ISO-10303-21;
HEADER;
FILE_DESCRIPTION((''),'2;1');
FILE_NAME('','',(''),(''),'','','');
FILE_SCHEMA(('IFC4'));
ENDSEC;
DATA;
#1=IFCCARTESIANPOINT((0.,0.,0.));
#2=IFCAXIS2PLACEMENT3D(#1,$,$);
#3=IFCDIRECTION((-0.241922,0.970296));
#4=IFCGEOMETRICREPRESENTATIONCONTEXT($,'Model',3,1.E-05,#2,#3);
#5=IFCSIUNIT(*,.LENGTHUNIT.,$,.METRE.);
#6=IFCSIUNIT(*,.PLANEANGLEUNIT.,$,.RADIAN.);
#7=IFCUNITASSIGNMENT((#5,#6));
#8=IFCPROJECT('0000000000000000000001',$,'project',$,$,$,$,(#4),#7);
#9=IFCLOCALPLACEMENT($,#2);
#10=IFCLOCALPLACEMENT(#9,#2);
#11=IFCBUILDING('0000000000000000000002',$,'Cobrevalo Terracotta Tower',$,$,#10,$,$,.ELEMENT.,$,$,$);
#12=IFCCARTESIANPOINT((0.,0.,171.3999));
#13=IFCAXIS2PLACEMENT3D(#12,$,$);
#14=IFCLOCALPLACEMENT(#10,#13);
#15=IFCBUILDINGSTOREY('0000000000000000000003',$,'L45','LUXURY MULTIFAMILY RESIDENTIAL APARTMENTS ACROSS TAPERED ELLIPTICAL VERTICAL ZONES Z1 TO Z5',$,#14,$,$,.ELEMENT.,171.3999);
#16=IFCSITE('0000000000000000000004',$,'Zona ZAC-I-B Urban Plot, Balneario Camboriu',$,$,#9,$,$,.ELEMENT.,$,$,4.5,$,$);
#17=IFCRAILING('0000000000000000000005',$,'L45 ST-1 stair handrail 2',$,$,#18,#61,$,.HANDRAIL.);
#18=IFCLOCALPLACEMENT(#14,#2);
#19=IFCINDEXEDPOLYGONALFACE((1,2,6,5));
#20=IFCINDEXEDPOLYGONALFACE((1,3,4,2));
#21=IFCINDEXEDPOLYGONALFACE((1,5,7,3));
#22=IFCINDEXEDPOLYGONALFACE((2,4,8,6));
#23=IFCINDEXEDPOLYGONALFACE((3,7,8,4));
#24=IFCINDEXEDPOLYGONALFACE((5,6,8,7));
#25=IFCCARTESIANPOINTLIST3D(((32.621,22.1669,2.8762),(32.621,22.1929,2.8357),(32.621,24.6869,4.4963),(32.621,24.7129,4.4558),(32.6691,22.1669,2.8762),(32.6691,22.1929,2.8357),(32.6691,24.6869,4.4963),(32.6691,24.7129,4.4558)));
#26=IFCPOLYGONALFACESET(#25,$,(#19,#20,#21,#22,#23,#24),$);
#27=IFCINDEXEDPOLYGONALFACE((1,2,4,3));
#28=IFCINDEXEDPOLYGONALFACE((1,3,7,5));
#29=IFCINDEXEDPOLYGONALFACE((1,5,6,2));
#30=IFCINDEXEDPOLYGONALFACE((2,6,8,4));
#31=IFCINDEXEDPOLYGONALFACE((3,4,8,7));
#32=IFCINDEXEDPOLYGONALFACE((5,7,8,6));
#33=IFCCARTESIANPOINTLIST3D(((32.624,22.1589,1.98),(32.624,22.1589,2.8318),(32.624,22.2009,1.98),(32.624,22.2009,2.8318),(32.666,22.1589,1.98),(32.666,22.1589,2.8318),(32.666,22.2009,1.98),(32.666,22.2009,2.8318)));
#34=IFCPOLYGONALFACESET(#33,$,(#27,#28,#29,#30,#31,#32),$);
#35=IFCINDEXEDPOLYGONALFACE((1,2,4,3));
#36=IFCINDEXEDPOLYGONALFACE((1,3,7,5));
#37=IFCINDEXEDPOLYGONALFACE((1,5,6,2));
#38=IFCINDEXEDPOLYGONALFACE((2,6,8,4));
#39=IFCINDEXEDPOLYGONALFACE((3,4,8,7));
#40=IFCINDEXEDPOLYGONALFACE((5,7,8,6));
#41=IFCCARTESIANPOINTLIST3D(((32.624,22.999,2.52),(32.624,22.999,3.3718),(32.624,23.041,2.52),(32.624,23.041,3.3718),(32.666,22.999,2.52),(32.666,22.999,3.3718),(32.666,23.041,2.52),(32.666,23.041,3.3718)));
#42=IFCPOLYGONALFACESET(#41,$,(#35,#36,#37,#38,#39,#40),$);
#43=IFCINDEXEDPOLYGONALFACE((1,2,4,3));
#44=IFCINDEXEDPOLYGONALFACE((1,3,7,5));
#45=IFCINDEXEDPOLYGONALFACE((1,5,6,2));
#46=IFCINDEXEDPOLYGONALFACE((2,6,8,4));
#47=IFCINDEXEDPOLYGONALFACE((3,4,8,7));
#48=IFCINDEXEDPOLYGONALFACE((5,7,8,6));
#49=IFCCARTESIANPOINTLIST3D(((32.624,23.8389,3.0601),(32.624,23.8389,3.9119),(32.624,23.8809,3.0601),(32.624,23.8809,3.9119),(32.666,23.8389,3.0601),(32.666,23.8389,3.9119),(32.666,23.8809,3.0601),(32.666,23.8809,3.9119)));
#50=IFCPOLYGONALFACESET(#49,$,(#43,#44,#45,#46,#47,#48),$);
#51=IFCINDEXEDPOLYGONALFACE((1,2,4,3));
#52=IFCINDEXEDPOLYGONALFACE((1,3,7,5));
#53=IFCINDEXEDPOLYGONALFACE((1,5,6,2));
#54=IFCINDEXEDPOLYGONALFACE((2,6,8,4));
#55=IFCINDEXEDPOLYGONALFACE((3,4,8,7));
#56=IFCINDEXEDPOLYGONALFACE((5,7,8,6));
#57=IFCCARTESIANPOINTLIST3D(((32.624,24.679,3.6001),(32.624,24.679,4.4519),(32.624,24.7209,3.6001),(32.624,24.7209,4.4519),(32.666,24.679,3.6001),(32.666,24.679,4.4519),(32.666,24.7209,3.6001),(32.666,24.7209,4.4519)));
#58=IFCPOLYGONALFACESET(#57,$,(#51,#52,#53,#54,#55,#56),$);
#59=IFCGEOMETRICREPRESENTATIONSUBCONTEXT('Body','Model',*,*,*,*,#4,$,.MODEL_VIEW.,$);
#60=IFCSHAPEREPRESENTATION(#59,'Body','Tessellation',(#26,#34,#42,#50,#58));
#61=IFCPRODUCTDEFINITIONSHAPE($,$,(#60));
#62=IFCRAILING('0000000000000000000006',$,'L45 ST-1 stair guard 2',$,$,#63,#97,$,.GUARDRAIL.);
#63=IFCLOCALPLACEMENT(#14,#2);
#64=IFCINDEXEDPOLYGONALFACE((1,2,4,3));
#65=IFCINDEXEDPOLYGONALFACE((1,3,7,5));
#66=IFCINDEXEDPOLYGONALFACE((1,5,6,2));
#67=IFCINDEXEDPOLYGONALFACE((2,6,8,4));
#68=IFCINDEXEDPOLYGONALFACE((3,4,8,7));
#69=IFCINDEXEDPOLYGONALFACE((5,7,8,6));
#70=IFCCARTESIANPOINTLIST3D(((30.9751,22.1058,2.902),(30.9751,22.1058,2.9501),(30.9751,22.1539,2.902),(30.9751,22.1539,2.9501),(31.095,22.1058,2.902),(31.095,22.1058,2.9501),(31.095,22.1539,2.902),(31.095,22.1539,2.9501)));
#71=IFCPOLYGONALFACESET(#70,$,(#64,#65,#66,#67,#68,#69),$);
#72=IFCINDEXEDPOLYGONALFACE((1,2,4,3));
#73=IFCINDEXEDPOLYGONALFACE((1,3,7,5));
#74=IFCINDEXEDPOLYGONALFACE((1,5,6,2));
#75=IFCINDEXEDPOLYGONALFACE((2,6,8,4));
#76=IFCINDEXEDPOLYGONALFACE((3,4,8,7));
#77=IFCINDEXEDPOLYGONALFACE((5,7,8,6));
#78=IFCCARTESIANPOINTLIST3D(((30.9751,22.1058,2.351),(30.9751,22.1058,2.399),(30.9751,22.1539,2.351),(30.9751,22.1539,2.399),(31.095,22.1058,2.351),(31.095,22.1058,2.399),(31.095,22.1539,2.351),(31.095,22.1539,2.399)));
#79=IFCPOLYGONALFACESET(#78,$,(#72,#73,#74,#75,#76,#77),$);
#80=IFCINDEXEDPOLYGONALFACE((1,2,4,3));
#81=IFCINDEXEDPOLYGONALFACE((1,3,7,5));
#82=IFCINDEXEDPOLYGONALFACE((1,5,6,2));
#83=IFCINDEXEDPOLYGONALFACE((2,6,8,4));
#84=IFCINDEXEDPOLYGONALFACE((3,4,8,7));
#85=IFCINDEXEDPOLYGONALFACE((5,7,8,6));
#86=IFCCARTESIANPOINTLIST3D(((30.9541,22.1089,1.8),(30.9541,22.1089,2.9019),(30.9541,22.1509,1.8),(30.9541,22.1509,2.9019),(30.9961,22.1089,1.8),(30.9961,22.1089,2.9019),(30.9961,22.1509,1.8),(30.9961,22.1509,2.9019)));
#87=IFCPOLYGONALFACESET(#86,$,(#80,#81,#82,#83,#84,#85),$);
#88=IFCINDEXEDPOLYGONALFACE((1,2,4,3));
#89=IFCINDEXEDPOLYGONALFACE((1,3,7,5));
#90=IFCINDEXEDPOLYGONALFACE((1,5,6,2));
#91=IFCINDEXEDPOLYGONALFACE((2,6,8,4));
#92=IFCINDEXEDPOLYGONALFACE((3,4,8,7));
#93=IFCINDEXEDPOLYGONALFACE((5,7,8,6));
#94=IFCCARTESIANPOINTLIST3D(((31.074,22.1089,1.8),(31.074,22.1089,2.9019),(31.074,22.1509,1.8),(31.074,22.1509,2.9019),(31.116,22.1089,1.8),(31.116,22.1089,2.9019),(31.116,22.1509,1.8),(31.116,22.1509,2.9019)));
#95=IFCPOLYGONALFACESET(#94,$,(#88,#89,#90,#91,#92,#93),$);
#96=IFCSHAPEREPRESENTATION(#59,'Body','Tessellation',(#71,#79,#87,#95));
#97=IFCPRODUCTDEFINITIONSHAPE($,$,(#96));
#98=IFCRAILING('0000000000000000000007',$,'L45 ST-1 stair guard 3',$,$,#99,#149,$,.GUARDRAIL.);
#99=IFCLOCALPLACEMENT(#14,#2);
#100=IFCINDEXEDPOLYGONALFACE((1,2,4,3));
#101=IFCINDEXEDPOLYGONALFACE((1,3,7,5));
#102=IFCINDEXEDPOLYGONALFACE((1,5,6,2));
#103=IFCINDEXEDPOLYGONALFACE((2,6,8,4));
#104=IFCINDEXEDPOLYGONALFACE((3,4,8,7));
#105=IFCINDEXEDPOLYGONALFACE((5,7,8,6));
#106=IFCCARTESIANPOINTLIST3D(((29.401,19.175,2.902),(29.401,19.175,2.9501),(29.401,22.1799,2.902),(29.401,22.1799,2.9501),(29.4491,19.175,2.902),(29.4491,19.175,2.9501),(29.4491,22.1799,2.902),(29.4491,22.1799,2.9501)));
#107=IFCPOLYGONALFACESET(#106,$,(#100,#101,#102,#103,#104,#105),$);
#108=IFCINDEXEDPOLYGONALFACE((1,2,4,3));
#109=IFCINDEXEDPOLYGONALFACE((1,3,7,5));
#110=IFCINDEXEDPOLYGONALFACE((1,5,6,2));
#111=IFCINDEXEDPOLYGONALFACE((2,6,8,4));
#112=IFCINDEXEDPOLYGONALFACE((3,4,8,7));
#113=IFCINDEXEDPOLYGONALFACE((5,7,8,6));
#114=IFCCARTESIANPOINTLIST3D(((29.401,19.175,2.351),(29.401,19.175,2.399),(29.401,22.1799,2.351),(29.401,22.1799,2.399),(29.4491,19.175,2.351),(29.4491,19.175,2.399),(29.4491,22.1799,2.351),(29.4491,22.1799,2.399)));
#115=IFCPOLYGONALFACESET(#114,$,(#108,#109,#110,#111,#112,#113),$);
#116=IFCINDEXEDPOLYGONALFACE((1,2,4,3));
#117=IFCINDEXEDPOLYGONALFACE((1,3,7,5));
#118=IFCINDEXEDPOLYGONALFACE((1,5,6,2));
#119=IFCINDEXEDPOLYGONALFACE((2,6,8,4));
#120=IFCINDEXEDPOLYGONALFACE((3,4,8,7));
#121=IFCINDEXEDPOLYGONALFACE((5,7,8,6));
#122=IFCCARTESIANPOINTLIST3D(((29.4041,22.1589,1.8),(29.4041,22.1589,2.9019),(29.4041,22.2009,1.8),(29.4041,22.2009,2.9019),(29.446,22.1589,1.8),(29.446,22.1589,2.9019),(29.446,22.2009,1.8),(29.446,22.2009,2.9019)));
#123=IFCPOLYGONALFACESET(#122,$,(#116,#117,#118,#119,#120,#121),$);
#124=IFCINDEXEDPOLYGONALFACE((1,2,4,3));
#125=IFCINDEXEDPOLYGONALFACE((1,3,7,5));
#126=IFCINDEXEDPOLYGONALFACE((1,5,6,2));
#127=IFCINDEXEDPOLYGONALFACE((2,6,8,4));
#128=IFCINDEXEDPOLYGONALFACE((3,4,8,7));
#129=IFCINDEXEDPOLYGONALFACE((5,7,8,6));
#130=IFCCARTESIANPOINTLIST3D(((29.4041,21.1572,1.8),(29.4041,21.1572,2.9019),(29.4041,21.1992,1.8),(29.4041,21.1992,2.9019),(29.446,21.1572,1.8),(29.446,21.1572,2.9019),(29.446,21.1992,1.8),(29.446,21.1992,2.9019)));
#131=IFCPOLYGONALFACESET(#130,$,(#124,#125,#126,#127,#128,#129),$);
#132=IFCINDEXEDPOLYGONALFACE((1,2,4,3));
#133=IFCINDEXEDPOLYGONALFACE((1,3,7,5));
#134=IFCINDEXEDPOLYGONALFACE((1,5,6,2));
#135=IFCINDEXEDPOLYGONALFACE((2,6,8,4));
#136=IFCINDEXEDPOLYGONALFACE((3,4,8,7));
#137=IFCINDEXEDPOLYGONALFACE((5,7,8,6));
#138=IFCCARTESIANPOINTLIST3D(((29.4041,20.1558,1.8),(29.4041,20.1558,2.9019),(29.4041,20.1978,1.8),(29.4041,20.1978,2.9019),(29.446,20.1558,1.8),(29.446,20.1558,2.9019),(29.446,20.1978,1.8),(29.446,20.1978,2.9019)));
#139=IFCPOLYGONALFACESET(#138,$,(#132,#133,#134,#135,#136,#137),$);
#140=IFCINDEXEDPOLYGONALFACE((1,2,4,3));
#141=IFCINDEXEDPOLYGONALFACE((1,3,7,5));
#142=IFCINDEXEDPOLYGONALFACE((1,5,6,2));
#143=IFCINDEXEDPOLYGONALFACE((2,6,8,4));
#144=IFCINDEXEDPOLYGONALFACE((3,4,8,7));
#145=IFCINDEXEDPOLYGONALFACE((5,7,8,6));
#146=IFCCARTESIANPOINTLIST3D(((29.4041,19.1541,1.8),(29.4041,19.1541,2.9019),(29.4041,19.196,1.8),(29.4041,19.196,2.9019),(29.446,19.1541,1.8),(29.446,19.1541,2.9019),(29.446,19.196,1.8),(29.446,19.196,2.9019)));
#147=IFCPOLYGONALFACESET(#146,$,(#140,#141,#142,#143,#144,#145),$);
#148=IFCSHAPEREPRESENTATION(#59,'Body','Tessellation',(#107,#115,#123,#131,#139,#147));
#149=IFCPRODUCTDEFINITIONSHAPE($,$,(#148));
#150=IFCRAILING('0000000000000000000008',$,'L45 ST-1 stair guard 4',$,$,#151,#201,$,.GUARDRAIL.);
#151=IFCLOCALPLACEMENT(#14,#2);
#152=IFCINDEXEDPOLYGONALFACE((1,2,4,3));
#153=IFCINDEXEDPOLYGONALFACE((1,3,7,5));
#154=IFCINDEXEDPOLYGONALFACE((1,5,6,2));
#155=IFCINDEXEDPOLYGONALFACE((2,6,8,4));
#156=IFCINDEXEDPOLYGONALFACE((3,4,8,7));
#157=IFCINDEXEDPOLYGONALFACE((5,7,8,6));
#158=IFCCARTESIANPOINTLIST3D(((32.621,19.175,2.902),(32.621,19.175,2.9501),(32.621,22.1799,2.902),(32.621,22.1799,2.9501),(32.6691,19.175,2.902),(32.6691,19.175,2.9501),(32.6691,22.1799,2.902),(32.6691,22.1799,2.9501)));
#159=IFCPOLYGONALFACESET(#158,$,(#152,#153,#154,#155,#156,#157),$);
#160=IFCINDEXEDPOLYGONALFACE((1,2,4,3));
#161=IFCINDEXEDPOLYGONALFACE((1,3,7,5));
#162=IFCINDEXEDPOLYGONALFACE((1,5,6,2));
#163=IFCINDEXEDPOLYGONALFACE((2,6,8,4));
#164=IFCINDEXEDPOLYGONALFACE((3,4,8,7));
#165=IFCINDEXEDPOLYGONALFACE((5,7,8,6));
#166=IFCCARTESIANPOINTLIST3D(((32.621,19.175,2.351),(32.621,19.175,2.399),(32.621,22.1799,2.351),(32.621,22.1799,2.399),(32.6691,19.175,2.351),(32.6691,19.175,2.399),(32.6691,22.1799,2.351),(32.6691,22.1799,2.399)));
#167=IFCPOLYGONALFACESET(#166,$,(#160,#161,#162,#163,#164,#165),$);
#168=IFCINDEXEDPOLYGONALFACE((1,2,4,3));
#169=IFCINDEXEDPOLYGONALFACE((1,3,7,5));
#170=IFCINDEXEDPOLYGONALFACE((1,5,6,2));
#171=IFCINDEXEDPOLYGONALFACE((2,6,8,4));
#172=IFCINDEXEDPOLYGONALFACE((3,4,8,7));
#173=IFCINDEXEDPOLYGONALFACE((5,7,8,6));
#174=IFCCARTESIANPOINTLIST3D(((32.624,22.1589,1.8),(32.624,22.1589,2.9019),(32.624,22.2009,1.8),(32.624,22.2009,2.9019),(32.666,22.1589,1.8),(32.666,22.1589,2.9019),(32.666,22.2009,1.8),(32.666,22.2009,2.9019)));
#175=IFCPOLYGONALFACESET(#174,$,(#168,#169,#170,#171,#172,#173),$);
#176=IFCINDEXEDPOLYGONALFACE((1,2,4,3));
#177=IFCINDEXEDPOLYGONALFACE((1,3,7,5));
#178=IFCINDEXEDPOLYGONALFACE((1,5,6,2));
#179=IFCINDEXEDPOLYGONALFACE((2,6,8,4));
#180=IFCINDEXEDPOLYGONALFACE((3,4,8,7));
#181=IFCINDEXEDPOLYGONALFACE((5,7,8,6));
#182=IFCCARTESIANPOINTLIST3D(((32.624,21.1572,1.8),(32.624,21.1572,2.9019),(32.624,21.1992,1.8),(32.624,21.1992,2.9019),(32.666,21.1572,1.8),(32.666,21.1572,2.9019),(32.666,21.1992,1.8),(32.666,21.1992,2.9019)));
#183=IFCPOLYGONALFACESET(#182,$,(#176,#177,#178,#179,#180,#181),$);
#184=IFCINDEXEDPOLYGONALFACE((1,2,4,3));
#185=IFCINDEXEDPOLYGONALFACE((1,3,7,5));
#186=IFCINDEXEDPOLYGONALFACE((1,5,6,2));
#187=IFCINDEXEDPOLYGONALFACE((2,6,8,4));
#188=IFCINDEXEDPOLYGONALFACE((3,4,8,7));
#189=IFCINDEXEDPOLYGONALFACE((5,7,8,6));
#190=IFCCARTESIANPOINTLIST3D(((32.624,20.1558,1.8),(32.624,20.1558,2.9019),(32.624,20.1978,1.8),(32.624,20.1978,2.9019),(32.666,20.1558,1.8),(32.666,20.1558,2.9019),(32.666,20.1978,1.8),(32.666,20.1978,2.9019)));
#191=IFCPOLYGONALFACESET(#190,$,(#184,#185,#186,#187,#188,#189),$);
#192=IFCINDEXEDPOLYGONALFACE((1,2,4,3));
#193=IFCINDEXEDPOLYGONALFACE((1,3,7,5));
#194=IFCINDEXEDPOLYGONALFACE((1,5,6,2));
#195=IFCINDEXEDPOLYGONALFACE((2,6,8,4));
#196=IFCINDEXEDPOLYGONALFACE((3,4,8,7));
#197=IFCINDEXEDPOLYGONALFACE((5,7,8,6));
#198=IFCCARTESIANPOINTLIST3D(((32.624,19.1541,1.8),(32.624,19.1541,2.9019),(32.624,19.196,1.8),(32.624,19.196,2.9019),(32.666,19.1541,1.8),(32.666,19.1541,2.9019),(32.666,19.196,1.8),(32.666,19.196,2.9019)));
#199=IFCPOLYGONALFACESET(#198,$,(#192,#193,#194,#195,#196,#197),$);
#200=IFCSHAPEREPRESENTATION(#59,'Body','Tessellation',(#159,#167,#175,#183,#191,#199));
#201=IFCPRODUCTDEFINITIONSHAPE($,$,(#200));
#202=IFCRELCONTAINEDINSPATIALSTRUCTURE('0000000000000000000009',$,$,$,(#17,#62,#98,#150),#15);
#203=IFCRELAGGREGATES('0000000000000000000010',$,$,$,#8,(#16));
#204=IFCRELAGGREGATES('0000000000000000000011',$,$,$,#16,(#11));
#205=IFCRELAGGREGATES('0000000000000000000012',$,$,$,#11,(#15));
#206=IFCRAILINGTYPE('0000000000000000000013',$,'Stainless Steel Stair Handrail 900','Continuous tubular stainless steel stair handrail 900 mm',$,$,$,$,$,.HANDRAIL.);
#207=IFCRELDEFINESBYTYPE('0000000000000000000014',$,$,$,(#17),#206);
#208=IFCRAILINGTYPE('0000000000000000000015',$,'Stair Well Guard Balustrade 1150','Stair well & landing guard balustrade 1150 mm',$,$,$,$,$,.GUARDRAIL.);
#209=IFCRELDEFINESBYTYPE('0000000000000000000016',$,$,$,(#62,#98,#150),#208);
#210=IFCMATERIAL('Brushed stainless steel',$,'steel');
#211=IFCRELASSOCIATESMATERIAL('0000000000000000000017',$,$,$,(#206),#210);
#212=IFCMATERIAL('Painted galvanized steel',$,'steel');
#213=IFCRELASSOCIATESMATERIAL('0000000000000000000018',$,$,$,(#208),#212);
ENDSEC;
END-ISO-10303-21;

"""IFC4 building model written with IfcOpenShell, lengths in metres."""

from ifc_helpers import new_model, si_unit, direction, frame, origin, origin_2d, place, context, subcontext, project, spatial, rectangle, extrude, material, type_object, element, save


model = new_model("IFC4")

# Units and contexts
model_context = context("Model", 3, precision=1e-05, world=origin(), true_north=direction((-0.241922, 0.970296)))
body_context = subcontext(model_context, "Body", "Model", "MODEL_VIEW")
ifc_project = project(units=[si_unit("LENGTHUNIT", "METRE"), si_unit("PLANEANGLEUNIT", "RADIAN")], contexts=[model_context])

# Site, building, storey
site_placement = place(None, origin())
site = spatial("IfcSite", under=ifc_project, at=site_placement, Name="Zona ZAC-I-B Urban Plot, Balneario Camboriu", CompositionType="ELEMENT", RefElevation=4.5)
building_placement = place(site_placement, origin())
building = spatial("IfcBuilding", under=site, at=building_placement, Name="Cobrevalo Terracotta Tower", CompositionType="ELEMENT")
storey_placement = place(building_placement, frame((0.0, 0.0, 171.3999)))
storey = spatial("IfcBuildingStorey", under=building, at=storey_placement, Name="L45", Description="LUXURY MULTIFAMILY RESIDENTIAL APARTMENTS ACROSS TAPERED ELLIPTICAL VERTICAL ZONES Z1 TO Z5", CompositionType="ELEMENT", Elevation=171.3999)

# Railings
ifc_material_1 = material(Name="Brushed stainless steel", Category="steel")
railing_type_1 = type_object("IfcRailingType", Name="Stainless Steel Stair Handrail 900", Description="Continuous tubular stainless steel stair handrail 900 mm", PredefinedType="HANDRAIL", material=ifc_material_1)
railing_1_placement = place(storey_placement, frame((32.645, 22.1799, 1.98)))
element("IfcRailing", 1, at=railing_1_placement, inside=storey, type_object=railing_type_1, Name="L45 ST-1 stair handrail 2", PredefinedType="HANDRAIL", context=body_context, shape_type="SweptSolid", body=[
    extrude(rectangle(XDim=0.0481, YDim=0.0481, at=origin_2d()), frame((0.0, 0.0, 0.876), z_axis=(0.0, 0.841163, 0.540782), x_axis=(-1.0, 0.0, 0.0)), (0.0, 0.0, 1.0), 2.9958),
    extrude(rectangle(XDim=0.042, YDim=0.042, at=origin_2d()), origin(), (0.0, 0.0, 1.0), 0.8518),
    extrude(rectangle(XDim=0.042, YDim=0.042, at=origin_2d()), frame((0.0, 0.8401, 0.54)), (0.0, 0.0, 1.0), 0.8518),
    extrude(rectangle(XDim=0.042, YDim=0.042, at=origin_2d()), frame((0.0, 1.6799, 1.0801)), (0.0, 0.0, 1.0), 0.8518),
    extrude(rectangle(XDim=0.042, YDim=0.042, at=origin_2d()), frame((0.0, 2.52, 1.6201)), (0.0, 0.0, 1.0), 0.8518),
])
ifc_material_2 = material(Name="Painted galvanized steel", Category="steel")
railing_type_2 = type_object("IfcRailingType", Name="Stair Well Guard Balustrade 1150", Description="Stair well & landing guard balustrade 1150 mm", PredefinedType="GUARDRAIL", material=ifc_material_2)
railing_2_placement = place(storey_placement, frame((30.9751, 22.1299, 1.8)))
element("IfcRailing", 2, at=railing_2_placement, inside=storey, type_object=railing_type_2, Name="L45 ST-1 stair guard 2", PredefinedType="GUARDRAIL", context=body_context, shape_type="SweptSolid", body=[
    extrude(rectangle(XDim=0.0481, YDim=0.0481, at=origin_2d()), frame((0.0, 0.0, 1.126), z_axis=(1.0, 0.0, 0.0), x_axis=(0.0, 1.0, 0.0)), (0.0, 0.0, 1.0), 0.1199),
    extrude(rectangle(XDim=0.0481, YDim=0.0481, at=origin_2d()), frame((0.0, 0.0, 0.575), z_axis=(1.0, 0.0, 0.0), x_axis=(0.0, 1.0, 0.0)), (0.0, 0.0, 1.0), 0.1199),
    extrude(rectangle(XDim=0.042, YDim=0.042, at=origin_2d()), origin(), (0.0, 0.0, 1.0), 1.1018),
    extrude(rectangle(XDim=0.042, YDim=0.042, at=origin_2d()), frame((0.1199, 0.0, 0.0)), (0.0, 0.0, 1.0), 1.1018),
])
for number, where, name in (
    (3, (29.425, 22.1799, 1.8), "L45 ST-1 stair guard 3"),
    (4, (32.645, 22.1799, 1.8), "L45 ST-1 stair guard 4"),
):
    element("IfcRailing", number, at=place(storey_placement, frame(where)), inside=storey, type_object=railing_type_2, Name=name, PredefinedType="GUARDRAIL", context=body_context, shape_type="SweptSolid", body=[
        extrude(rectangle(XDim=0.0481, YDim=0.0481, at=origin_2d()), frame((0.0, 0.0, 1.126), z_axis=(0.0, -1.0, 0.0), x_axis=(1.0, 0.0, 0.0)), (0.0, 0.0, 1.0), 3.0049),
        extrude(rectangle(XDim=0.0481, YDim=0.0481, at=origin_2d()), frame((0.0, 0.0, 0.575), z_axis=(0.0, -1.0, 0.0), x_axis=(1.0, 0.0, 0.0)), (0.0, 0.0, 1.0), 3.0049),
        extrude(rectangle(XDim=0.042, YDim=0.042, at=origin_2d()), origin(), (0.0, 0.0, 1.0), 1.1018),
        extrude(rectangle(XDim=0.042, YDim=0.042, at=origin_2d()), frame((0.0, -1.0017, 0.0)), (0.0, 0.0, 1.0), 1.1018),
        extrude(rectangle(XDim=0.042, YDim=0.042, at=origin_2d()), frame((0.0, -2.0032, 0.0)), (0.0, 0.0, 1.0), 1.1018),
        extrude(rectangle(XDim=0.042, YDim=0.042, at=origin_2d()), frame((0.0, -3.0049, 0.0)), (0.0, 0.0, 1.0), 1.1018),
    ])

save(model, "model.ifc")
